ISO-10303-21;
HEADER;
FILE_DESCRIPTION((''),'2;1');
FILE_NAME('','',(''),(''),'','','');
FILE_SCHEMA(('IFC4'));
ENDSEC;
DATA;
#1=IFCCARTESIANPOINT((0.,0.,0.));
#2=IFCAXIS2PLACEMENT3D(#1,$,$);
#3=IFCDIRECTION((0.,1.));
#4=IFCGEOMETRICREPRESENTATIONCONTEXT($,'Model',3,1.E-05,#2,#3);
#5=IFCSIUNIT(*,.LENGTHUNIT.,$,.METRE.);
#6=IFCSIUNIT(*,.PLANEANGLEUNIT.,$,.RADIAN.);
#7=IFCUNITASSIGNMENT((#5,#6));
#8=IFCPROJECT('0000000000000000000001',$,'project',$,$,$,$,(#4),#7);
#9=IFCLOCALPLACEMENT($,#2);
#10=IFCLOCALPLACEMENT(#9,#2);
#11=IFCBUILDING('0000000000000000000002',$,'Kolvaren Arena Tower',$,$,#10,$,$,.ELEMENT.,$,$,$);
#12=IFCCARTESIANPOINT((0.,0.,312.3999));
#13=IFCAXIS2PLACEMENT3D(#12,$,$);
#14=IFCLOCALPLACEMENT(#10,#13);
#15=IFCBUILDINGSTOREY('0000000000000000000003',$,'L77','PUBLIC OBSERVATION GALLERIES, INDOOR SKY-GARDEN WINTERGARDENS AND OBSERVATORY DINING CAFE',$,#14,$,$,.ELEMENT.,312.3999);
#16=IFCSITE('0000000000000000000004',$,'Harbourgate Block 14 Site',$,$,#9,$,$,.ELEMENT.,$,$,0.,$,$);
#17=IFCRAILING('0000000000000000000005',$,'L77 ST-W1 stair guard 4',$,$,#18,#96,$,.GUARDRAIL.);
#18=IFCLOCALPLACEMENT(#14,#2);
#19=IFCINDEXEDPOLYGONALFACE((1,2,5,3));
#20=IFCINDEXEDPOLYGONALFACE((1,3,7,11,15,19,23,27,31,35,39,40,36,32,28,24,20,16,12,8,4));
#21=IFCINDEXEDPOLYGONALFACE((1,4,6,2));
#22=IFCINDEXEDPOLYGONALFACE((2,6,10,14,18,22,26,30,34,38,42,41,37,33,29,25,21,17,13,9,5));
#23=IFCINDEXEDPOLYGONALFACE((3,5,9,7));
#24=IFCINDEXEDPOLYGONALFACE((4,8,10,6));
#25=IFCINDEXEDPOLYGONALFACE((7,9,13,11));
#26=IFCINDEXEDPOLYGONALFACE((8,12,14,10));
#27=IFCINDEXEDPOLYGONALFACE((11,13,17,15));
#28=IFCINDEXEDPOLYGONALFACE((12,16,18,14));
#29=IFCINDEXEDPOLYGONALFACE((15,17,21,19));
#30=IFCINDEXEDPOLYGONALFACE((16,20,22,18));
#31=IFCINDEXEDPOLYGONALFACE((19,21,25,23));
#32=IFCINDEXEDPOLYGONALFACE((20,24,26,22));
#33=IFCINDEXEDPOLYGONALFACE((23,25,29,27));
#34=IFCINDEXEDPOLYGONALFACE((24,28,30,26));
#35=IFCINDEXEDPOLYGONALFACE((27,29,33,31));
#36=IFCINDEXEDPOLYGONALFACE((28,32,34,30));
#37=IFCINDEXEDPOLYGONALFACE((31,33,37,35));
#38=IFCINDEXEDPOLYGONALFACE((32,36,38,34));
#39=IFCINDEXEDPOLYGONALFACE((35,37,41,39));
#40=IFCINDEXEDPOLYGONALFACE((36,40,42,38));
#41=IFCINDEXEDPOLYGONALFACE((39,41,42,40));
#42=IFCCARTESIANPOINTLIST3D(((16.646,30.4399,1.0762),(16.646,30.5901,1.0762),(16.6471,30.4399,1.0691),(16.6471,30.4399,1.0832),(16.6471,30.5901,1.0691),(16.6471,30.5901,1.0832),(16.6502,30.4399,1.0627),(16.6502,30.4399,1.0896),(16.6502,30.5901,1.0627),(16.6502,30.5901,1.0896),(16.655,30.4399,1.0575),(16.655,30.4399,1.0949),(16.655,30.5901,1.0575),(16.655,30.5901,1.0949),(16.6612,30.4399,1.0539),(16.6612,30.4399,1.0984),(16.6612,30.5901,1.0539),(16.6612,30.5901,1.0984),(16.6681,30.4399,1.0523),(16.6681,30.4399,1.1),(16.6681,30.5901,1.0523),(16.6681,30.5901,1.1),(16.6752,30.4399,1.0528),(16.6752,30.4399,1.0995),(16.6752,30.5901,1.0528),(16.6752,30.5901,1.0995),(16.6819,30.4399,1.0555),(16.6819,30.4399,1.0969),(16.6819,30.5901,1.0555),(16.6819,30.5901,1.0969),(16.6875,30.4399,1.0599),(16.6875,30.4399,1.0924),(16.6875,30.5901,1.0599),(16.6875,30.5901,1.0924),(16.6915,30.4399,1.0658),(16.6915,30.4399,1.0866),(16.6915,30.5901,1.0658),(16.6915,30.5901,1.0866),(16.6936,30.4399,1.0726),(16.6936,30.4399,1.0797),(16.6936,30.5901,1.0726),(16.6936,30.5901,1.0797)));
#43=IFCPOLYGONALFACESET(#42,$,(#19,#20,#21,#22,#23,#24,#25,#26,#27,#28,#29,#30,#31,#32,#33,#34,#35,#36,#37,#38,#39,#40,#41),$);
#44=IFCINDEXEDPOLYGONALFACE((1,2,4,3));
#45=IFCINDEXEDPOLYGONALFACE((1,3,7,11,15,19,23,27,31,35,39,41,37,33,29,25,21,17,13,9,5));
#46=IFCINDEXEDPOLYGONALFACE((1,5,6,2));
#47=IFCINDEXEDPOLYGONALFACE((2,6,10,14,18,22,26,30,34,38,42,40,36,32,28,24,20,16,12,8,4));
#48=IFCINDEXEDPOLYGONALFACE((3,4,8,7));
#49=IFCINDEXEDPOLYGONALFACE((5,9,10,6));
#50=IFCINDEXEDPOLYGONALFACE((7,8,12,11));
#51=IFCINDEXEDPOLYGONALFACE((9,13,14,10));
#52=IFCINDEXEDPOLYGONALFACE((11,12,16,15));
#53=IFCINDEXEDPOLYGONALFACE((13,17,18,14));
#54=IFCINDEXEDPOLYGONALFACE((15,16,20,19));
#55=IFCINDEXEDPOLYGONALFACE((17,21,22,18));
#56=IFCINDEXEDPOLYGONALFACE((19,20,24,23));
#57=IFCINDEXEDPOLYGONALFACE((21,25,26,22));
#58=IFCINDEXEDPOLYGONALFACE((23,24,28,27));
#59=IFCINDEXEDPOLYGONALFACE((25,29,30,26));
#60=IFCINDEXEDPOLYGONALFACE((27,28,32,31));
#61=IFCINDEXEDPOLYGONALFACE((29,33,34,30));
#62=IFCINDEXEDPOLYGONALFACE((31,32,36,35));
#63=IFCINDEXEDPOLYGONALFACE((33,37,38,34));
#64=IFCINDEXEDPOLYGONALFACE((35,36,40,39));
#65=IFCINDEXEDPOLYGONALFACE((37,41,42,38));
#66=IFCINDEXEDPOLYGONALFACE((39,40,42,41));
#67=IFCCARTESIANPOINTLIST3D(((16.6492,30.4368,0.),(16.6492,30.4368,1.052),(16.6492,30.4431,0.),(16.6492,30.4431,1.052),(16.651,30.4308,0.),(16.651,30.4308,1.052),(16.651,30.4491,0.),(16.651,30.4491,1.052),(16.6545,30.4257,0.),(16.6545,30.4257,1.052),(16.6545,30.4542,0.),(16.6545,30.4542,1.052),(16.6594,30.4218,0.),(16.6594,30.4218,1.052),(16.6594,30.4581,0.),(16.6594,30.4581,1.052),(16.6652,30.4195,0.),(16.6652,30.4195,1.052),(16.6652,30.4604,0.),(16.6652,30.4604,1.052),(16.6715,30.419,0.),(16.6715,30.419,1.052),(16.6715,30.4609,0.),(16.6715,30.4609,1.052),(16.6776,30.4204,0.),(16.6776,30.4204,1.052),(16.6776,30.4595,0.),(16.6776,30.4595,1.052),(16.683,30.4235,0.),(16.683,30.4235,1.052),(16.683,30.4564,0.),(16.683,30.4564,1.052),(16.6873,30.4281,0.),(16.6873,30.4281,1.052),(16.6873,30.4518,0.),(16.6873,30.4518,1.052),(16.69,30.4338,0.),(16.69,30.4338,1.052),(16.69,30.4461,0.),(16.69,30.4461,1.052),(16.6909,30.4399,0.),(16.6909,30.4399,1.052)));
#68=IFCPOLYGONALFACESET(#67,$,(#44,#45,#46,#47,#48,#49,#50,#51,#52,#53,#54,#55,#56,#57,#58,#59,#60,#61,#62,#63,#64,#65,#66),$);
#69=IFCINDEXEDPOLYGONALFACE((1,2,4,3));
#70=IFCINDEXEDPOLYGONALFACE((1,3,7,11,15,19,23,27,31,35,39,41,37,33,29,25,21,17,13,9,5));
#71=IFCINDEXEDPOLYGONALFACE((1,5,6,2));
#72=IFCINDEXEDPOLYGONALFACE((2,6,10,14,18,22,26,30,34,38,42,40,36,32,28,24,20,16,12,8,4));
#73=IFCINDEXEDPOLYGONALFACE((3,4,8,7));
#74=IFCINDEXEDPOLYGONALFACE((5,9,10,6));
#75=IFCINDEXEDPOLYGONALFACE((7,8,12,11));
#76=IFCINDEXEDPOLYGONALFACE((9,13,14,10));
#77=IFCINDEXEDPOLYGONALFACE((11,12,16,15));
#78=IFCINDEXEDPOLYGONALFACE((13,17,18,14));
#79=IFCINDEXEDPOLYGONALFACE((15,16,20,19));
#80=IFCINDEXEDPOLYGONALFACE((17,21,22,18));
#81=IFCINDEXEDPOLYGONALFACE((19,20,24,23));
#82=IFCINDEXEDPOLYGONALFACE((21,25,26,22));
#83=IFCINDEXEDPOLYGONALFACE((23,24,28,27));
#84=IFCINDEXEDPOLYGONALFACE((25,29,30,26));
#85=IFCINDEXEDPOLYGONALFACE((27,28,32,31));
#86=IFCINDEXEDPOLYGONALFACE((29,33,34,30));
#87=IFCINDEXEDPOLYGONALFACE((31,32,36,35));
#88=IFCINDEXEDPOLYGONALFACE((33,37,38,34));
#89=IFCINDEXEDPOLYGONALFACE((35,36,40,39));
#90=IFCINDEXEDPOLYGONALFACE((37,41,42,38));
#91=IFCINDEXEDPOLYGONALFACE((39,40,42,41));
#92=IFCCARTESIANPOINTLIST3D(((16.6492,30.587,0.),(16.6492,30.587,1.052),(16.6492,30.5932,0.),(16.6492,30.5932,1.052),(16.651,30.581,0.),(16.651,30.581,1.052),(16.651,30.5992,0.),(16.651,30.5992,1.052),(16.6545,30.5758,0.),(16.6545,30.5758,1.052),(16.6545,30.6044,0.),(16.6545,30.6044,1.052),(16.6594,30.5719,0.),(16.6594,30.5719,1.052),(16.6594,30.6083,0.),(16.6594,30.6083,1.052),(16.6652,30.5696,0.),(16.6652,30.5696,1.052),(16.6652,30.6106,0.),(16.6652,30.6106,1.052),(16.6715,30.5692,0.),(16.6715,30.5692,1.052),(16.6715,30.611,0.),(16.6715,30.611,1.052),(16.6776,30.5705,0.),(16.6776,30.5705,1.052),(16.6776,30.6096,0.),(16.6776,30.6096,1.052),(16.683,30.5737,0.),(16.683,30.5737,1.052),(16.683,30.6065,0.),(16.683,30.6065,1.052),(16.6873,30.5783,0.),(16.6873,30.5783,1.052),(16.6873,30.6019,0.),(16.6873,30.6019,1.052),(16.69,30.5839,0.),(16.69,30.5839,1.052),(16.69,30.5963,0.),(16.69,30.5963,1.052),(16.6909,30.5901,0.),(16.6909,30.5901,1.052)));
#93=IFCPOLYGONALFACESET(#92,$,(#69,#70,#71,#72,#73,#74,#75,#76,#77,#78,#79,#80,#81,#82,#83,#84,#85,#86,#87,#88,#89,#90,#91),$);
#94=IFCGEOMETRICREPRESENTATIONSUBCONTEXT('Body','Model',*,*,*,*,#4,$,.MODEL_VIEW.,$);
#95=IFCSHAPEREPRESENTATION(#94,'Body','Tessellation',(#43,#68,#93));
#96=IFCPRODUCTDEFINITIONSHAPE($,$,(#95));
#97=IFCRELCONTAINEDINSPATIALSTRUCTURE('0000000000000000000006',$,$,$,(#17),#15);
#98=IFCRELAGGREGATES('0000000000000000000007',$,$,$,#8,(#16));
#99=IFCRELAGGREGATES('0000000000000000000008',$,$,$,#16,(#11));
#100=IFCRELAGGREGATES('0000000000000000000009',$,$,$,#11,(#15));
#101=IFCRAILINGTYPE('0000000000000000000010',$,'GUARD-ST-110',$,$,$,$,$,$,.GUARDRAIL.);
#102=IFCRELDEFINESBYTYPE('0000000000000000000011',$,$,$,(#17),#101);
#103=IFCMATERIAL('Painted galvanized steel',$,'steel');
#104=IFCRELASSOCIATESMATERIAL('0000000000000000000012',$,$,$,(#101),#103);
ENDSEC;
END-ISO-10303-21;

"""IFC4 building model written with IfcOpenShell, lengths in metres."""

from ifc_helpers import new_model, si_unit, direction, frame, origin, origin_2d, place, context, subcontext, project, spatial, circle, extrude, material, type_object, element, save


model = new_model("IFC4")

# Units and contexts
model_context = context("Model", 3, precision=1e-05, world=origin(), true_north=direction((0.0, 1.0)))
body_context = subcontext(model_context, "Body", "Model", "MODEL_VIEW")
ifc_project = project(units=[si_unit("LENGTHUNIT", "METRE"), si_unit("PLANEANGLEUNIT", "RADIAN")], contexts=[model_context])

# Site, building, storey
site_placement = place(None, origin())
site = spatial("IfcSite", under=ifc_project, at=site_placement, Name="Harbourgate Block 14 Site", CompositionType="ELEMENT", RefElevation=0.0)
building_placement = place(site_placement, origin())
building = spatial("IfcBuilding", under=site, at=building_placement, Name="Kolvaren Arena Tower", CompositionType="ELEMENT")
storey_placement = place(building_placement, frame((0.0, 0.0, 312.3999)))
storey = spatial("IfcBuildingStorey", under=building, at=storey_placement, Name="L77", Description="PUBLIC OBSERVATION GALLERIES, INDOOR SKY-GARDEN WINTERGARDENS AND OBSERVATORY DINING CAFE", CompositionType="ELEMENT", Elevation=312.3999)

# Railing
ifc_material_1 = material(Name="Painted galvanized steel", Category="steel")
railing_type_1 = type_object("IfcRailingType", Name="GUARD-ST-110", PredefinedType="GUARDRAIL", material=ifc_material_1)
railing_1_placement = place(storey_placement, frame((16.6699, 30.4399, 0.0)))
element("IfcRailing", 1, at=railing_1_placement, inside=storey, type_object=railing_type_1, Name="L77 ST-W1 stair guard 4", PredefinedType="GUARDRAIL", context=body_context, shape_type="SweptSolid", body=[
    extrude(circle(Radius=0.0239, at=origin_2d()), frame((0.0, 0.0, 1.0762), z_axis=(0.0, 1.0, 0.0), x_axis=(-1.0, 0.0, 0.0)), (0.0, 0.0, 1.0), 0.1501),
    extrude(circle(Radius=0.021, at=origin_2d()), origin(), (0.0, 0.0, 1.0), 1.052),
    extrude(circle(Radius=0.021, at=origin_2d()), frame((0.0, 0.1501, 0.0)), (0.0, 0.0, 1.0), 1.052),
])

save(model, "model.ifc")
